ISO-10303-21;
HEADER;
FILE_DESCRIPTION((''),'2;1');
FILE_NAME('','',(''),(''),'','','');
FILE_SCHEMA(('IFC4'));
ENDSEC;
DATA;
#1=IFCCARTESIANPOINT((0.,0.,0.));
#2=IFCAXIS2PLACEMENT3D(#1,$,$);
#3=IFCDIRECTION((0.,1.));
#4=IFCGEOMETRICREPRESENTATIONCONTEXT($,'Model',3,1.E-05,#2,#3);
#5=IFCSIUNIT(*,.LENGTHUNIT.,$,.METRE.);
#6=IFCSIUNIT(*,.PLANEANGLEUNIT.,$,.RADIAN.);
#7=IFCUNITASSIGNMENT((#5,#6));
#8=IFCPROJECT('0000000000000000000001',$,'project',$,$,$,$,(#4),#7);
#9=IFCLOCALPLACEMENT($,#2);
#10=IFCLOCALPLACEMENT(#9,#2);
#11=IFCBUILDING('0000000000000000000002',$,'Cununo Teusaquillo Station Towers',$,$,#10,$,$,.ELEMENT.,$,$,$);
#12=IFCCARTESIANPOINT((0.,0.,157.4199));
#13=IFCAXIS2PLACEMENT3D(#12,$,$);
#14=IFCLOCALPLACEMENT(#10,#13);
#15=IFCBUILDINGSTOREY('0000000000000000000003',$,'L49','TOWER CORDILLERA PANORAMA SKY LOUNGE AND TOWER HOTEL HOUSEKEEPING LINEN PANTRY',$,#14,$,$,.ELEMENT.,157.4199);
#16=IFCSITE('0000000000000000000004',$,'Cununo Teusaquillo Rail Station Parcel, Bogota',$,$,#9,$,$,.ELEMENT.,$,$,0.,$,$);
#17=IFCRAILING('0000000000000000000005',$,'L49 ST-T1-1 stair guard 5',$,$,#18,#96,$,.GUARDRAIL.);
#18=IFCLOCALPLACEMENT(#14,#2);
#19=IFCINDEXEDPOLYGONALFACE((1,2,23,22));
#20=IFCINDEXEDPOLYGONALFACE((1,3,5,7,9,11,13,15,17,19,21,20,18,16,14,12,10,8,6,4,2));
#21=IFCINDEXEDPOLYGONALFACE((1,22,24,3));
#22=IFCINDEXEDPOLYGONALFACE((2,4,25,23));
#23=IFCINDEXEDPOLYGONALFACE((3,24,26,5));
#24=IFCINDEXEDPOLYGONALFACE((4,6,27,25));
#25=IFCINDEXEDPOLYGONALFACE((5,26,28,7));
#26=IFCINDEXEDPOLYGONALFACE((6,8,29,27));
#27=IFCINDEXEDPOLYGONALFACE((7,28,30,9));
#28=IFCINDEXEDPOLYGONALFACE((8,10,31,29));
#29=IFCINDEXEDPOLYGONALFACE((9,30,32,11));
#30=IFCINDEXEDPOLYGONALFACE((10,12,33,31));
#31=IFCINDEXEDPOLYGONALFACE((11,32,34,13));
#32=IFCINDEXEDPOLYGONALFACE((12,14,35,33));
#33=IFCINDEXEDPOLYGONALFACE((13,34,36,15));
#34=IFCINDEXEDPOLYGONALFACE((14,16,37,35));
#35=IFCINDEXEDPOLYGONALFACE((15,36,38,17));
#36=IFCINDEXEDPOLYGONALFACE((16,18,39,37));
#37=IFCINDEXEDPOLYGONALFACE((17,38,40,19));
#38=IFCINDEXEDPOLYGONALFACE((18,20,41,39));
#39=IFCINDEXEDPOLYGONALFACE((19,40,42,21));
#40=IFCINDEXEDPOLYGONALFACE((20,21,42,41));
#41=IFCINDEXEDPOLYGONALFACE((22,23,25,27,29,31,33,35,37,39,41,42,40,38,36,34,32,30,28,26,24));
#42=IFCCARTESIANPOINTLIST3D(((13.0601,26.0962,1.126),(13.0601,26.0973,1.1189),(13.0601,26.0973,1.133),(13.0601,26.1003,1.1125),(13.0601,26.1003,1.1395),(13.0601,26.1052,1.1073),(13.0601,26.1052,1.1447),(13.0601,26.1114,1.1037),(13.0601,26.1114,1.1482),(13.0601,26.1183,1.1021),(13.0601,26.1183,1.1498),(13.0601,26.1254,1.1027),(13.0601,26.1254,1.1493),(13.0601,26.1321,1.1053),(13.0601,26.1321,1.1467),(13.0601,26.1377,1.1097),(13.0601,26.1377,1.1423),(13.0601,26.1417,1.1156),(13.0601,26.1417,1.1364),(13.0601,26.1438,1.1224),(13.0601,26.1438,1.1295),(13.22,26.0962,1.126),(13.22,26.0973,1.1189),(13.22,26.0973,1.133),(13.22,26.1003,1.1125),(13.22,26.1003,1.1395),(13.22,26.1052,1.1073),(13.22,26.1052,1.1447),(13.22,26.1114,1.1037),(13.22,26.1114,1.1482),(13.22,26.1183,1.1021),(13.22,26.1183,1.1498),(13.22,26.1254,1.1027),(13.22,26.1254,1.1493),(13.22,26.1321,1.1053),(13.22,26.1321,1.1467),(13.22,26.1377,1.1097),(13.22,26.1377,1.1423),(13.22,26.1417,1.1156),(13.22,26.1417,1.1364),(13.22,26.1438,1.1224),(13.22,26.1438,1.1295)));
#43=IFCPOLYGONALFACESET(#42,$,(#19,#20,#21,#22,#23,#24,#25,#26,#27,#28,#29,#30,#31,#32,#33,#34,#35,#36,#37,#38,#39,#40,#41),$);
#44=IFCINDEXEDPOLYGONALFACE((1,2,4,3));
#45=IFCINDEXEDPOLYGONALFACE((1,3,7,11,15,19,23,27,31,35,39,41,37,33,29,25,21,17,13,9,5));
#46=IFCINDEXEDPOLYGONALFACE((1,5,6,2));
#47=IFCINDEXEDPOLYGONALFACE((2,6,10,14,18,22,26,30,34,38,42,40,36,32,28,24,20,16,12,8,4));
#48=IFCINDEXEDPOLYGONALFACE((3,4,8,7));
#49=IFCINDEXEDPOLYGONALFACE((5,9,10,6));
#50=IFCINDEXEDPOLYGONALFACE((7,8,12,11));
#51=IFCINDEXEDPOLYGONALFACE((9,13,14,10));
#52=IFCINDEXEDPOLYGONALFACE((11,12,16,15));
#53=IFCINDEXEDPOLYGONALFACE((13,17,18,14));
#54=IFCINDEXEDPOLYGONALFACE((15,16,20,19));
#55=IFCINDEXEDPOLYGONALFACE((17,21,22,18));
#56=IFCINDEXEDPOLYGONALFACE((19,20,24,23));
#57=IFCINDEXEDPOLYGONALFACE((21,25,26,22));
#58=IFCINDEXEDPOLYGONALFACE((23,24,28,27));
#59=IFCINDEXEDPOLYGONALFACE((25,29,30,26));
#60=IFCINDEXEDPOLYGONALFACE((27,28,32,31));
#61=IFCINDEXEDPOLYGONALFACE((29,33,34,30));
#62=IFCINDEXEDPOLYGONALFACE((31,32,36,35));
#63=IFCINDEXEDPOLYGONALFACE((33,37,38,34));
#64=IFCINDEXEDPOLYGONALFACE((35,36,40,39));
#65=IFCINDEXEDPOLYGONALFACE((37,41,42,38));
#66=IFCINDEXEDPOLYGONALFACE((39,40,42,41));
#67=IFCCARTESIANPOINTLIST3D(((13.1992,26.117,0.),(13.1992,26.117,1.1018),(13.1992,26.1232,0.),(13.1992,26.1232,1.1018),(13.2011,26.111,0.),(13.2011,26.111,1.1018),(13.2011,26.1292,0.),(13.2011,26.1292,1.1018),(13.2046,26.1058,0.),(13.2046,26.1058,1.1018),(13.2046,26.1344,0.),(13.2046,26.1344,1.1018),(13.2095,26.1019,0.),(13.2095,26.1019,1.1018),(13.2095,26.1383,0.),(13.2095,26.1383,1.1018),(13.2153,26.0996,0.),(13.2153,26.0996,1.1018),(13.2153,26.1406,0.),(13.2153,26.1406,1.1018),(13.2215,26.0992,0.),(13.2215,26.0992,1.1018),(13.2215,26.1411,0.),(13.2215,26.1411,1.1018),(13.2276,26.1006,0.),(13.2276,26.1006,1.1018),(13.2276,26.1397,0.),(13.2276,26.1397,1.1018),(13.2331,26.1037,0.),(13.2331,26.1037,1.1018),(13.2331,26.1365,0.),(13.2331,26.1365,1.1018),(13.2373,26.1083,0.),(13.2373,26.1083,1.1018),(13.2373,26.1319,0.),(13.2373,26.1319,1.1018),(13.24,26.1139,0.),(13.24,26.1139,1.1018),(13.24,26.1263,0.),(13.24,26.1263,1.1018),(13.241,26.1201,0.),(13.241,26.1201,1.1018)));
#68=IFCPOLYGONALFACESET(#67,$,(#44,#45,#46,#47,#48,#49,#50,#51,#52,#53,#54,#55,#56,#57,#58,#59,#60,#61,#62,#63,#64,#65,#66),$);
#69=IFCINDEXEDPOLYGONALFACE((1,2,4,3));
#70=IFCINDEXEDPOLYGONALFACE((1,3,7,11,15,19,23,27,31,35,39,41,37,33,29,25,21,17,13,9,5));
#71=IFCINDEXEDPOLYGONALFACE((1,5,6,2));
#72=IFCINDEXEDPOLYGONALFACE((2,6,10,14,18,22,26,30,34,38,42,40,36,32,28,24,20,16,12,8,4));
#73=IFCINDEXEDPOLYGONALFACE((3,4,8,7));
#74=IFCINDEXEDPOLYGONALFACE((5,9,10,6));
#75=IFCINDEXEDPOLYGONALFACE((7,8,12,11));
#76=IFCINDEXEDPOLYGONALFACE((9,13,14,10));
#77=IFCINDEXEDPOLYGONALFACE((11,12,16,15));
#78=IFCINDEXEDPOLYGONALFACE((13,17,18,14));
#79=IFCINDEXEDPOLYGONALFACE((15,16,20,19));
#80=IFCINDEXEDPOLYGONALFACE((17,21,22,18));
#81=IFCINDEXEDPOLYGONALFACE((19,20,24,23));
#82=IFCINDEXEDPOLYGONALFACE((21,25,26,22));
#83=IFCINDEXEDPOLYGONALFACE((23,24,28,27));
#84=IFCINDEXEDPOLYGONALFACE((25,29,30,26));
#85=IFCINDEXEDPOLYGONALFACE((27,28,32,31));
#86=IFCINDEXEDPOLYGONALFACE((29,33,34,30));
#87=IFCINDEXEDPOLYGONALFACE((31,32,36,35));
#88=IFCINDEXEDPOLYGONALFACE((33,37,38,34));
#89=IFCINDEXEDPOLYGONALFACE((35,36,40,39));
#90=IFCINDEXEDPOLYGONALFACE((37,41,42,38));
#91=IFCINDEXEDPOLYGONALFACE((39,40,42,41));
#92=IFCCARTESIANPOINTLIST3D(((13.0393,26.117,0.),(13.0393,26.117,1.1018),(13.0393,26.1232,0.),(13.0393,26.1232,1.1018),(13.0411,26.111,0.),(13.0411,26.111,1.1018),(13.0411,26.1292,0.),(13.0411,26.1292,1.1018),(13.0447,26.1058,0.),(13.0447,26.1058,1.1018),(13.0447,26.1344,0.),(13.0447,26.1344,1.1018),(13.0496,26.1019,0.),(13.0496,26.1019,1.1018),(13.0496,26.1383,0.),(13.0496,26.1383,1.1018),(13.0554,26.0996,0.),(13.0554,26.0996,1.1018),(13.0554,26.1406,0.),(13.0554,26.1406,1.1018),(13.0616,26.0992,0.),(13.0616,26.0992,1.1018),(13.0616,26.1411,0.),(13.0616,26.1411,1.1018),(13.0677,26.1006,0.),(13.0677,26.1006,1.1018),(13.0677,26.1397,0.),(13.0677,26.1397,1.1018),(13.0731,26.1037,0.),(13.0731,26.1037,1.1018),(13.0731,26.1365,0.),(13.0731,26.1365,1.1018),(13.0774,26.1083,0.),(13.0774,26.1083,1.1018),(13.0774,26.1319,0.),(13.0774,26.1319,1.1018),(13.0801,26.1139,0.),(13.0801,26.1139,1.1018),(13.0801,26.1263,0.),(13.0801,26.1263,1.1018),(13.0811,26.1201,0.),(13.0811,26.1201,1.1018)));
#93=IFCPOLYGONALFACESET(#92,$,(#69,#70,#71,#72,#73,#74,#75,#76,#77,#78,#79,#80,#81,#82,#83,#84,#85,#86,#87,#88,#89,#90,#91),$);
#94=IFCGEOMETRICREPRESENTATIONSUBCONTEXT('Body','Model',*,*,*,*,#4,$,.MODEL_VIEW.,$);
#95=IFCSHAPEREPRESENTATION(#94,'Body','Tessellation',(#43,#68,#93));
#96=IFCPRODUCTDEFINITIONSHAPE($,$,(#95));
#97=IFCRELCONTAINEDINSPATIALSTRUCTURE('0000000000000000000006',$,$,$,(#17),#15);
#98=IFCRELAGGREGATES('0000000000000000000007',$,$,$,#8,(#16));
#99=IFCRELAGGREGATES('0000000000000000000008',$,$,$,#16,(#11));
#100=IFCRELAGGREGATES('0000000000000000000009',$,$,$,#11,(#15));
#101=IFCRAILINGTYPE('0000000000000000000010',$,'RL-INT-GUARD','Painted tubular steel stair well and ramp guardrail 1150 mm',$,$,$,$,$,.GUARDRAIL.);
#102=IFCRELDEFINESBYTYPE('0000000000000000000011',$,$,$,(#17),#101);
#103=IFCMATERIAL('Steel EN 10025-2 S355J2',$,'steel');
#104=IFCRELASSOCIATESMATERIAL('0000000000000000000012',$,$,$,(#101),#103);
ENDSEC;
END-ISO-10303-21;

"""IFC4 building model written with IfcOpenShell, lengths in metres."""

from ifc_helpers import new_model, si_unit, direction, frame, origin, origin_2d, place, context, subcontext, project, spatial, circle, extrude, material, type_object, element, save


model = new_model("IFC4")

# Units and contexts
model_context = context("Model", 3, precision=1e-05, world=origin(), true_north=direction((0.0, 1.0)))
body_context = subcontext(model_context, "Body", "Model", "MODEL_VIEW")
ifc_project = project(units=[si_unit("LENGTHUNIT", "METRE"), si_unit("PLANEANGLEUNIT", "RADIAN")], contexts=[model_context])

# Site, building, storey
site_placement = place(None, origin())
site = spatial("IfcSite", under=ifc_project, at=site_placement, Name="Cununo Teusaquillo Rail Station Parcel, Bogota", CompositionType="ELEMENT", RefElevation=0.0)
building_placement = place(site_placement, origin())
building = spatial("IfcBuilding", under=site, at=building_placement, Name="Cununo Teusaquillo Station Towers", CompositionType="ELEMENT")
storey_placement = place(building_placement, frame((0.0, 0.0, 157.4199)))
storey = spatial("IfcBuildingStorey", under=building, at=storey_placement, Name="L49", Description="TOWER CORDILLERA PANORAMA SKY LOUNGE AND TOWER HOTEL HOUSEKEEPING LINEN PANTRY", CompositionType="ELEMENT", Elevation=157.4199)

# Railing
ifc_material_1 = material(Name="Steel EN 10025-2 S355J2", Category="steel")
railing_type_1 = type_object("IfcRailingType", Name="RL-INT-GUARD", Description="Painted tubular steel stair well and ramp guardrail 1150 mm", PredefinedType="GUARDRAIL", material=ifc_material_1)
railing_1_placement = place(storey_placement, frame((13.22, 26.1201, 0.0)))
element("IfcRailing", 1, at=railing_1_placement, inside=storey, type_object=railing_type_1, Name="L49 ST-T1-1 stair guard 5", PredefinedType="GUARDRAIL", context=body_context, shape_type="SweptSolid", body=[
    extrude(circle(Radius=0.0239, at=origin_2d()), frame((0.0, 0.0, 1.126), z_axis=(-1.0, 0.0, 0.0), x_axis=(0.0, -1.0, 0.0)), (0.0, 0.0, 1.0), 0.1599),
    extrude(circle(Radius=0.021, at=origin_2d()), origin(), (0.0, 0.0, 1.0), 1.1018),
    extrude(circle(Radius=0.021, at=origin_2d()), frame((-0.1599, 0.0, 0.0)), (0.0, 0.0, 1.0), 1.1018),
])

save(model, "model.ifc")
